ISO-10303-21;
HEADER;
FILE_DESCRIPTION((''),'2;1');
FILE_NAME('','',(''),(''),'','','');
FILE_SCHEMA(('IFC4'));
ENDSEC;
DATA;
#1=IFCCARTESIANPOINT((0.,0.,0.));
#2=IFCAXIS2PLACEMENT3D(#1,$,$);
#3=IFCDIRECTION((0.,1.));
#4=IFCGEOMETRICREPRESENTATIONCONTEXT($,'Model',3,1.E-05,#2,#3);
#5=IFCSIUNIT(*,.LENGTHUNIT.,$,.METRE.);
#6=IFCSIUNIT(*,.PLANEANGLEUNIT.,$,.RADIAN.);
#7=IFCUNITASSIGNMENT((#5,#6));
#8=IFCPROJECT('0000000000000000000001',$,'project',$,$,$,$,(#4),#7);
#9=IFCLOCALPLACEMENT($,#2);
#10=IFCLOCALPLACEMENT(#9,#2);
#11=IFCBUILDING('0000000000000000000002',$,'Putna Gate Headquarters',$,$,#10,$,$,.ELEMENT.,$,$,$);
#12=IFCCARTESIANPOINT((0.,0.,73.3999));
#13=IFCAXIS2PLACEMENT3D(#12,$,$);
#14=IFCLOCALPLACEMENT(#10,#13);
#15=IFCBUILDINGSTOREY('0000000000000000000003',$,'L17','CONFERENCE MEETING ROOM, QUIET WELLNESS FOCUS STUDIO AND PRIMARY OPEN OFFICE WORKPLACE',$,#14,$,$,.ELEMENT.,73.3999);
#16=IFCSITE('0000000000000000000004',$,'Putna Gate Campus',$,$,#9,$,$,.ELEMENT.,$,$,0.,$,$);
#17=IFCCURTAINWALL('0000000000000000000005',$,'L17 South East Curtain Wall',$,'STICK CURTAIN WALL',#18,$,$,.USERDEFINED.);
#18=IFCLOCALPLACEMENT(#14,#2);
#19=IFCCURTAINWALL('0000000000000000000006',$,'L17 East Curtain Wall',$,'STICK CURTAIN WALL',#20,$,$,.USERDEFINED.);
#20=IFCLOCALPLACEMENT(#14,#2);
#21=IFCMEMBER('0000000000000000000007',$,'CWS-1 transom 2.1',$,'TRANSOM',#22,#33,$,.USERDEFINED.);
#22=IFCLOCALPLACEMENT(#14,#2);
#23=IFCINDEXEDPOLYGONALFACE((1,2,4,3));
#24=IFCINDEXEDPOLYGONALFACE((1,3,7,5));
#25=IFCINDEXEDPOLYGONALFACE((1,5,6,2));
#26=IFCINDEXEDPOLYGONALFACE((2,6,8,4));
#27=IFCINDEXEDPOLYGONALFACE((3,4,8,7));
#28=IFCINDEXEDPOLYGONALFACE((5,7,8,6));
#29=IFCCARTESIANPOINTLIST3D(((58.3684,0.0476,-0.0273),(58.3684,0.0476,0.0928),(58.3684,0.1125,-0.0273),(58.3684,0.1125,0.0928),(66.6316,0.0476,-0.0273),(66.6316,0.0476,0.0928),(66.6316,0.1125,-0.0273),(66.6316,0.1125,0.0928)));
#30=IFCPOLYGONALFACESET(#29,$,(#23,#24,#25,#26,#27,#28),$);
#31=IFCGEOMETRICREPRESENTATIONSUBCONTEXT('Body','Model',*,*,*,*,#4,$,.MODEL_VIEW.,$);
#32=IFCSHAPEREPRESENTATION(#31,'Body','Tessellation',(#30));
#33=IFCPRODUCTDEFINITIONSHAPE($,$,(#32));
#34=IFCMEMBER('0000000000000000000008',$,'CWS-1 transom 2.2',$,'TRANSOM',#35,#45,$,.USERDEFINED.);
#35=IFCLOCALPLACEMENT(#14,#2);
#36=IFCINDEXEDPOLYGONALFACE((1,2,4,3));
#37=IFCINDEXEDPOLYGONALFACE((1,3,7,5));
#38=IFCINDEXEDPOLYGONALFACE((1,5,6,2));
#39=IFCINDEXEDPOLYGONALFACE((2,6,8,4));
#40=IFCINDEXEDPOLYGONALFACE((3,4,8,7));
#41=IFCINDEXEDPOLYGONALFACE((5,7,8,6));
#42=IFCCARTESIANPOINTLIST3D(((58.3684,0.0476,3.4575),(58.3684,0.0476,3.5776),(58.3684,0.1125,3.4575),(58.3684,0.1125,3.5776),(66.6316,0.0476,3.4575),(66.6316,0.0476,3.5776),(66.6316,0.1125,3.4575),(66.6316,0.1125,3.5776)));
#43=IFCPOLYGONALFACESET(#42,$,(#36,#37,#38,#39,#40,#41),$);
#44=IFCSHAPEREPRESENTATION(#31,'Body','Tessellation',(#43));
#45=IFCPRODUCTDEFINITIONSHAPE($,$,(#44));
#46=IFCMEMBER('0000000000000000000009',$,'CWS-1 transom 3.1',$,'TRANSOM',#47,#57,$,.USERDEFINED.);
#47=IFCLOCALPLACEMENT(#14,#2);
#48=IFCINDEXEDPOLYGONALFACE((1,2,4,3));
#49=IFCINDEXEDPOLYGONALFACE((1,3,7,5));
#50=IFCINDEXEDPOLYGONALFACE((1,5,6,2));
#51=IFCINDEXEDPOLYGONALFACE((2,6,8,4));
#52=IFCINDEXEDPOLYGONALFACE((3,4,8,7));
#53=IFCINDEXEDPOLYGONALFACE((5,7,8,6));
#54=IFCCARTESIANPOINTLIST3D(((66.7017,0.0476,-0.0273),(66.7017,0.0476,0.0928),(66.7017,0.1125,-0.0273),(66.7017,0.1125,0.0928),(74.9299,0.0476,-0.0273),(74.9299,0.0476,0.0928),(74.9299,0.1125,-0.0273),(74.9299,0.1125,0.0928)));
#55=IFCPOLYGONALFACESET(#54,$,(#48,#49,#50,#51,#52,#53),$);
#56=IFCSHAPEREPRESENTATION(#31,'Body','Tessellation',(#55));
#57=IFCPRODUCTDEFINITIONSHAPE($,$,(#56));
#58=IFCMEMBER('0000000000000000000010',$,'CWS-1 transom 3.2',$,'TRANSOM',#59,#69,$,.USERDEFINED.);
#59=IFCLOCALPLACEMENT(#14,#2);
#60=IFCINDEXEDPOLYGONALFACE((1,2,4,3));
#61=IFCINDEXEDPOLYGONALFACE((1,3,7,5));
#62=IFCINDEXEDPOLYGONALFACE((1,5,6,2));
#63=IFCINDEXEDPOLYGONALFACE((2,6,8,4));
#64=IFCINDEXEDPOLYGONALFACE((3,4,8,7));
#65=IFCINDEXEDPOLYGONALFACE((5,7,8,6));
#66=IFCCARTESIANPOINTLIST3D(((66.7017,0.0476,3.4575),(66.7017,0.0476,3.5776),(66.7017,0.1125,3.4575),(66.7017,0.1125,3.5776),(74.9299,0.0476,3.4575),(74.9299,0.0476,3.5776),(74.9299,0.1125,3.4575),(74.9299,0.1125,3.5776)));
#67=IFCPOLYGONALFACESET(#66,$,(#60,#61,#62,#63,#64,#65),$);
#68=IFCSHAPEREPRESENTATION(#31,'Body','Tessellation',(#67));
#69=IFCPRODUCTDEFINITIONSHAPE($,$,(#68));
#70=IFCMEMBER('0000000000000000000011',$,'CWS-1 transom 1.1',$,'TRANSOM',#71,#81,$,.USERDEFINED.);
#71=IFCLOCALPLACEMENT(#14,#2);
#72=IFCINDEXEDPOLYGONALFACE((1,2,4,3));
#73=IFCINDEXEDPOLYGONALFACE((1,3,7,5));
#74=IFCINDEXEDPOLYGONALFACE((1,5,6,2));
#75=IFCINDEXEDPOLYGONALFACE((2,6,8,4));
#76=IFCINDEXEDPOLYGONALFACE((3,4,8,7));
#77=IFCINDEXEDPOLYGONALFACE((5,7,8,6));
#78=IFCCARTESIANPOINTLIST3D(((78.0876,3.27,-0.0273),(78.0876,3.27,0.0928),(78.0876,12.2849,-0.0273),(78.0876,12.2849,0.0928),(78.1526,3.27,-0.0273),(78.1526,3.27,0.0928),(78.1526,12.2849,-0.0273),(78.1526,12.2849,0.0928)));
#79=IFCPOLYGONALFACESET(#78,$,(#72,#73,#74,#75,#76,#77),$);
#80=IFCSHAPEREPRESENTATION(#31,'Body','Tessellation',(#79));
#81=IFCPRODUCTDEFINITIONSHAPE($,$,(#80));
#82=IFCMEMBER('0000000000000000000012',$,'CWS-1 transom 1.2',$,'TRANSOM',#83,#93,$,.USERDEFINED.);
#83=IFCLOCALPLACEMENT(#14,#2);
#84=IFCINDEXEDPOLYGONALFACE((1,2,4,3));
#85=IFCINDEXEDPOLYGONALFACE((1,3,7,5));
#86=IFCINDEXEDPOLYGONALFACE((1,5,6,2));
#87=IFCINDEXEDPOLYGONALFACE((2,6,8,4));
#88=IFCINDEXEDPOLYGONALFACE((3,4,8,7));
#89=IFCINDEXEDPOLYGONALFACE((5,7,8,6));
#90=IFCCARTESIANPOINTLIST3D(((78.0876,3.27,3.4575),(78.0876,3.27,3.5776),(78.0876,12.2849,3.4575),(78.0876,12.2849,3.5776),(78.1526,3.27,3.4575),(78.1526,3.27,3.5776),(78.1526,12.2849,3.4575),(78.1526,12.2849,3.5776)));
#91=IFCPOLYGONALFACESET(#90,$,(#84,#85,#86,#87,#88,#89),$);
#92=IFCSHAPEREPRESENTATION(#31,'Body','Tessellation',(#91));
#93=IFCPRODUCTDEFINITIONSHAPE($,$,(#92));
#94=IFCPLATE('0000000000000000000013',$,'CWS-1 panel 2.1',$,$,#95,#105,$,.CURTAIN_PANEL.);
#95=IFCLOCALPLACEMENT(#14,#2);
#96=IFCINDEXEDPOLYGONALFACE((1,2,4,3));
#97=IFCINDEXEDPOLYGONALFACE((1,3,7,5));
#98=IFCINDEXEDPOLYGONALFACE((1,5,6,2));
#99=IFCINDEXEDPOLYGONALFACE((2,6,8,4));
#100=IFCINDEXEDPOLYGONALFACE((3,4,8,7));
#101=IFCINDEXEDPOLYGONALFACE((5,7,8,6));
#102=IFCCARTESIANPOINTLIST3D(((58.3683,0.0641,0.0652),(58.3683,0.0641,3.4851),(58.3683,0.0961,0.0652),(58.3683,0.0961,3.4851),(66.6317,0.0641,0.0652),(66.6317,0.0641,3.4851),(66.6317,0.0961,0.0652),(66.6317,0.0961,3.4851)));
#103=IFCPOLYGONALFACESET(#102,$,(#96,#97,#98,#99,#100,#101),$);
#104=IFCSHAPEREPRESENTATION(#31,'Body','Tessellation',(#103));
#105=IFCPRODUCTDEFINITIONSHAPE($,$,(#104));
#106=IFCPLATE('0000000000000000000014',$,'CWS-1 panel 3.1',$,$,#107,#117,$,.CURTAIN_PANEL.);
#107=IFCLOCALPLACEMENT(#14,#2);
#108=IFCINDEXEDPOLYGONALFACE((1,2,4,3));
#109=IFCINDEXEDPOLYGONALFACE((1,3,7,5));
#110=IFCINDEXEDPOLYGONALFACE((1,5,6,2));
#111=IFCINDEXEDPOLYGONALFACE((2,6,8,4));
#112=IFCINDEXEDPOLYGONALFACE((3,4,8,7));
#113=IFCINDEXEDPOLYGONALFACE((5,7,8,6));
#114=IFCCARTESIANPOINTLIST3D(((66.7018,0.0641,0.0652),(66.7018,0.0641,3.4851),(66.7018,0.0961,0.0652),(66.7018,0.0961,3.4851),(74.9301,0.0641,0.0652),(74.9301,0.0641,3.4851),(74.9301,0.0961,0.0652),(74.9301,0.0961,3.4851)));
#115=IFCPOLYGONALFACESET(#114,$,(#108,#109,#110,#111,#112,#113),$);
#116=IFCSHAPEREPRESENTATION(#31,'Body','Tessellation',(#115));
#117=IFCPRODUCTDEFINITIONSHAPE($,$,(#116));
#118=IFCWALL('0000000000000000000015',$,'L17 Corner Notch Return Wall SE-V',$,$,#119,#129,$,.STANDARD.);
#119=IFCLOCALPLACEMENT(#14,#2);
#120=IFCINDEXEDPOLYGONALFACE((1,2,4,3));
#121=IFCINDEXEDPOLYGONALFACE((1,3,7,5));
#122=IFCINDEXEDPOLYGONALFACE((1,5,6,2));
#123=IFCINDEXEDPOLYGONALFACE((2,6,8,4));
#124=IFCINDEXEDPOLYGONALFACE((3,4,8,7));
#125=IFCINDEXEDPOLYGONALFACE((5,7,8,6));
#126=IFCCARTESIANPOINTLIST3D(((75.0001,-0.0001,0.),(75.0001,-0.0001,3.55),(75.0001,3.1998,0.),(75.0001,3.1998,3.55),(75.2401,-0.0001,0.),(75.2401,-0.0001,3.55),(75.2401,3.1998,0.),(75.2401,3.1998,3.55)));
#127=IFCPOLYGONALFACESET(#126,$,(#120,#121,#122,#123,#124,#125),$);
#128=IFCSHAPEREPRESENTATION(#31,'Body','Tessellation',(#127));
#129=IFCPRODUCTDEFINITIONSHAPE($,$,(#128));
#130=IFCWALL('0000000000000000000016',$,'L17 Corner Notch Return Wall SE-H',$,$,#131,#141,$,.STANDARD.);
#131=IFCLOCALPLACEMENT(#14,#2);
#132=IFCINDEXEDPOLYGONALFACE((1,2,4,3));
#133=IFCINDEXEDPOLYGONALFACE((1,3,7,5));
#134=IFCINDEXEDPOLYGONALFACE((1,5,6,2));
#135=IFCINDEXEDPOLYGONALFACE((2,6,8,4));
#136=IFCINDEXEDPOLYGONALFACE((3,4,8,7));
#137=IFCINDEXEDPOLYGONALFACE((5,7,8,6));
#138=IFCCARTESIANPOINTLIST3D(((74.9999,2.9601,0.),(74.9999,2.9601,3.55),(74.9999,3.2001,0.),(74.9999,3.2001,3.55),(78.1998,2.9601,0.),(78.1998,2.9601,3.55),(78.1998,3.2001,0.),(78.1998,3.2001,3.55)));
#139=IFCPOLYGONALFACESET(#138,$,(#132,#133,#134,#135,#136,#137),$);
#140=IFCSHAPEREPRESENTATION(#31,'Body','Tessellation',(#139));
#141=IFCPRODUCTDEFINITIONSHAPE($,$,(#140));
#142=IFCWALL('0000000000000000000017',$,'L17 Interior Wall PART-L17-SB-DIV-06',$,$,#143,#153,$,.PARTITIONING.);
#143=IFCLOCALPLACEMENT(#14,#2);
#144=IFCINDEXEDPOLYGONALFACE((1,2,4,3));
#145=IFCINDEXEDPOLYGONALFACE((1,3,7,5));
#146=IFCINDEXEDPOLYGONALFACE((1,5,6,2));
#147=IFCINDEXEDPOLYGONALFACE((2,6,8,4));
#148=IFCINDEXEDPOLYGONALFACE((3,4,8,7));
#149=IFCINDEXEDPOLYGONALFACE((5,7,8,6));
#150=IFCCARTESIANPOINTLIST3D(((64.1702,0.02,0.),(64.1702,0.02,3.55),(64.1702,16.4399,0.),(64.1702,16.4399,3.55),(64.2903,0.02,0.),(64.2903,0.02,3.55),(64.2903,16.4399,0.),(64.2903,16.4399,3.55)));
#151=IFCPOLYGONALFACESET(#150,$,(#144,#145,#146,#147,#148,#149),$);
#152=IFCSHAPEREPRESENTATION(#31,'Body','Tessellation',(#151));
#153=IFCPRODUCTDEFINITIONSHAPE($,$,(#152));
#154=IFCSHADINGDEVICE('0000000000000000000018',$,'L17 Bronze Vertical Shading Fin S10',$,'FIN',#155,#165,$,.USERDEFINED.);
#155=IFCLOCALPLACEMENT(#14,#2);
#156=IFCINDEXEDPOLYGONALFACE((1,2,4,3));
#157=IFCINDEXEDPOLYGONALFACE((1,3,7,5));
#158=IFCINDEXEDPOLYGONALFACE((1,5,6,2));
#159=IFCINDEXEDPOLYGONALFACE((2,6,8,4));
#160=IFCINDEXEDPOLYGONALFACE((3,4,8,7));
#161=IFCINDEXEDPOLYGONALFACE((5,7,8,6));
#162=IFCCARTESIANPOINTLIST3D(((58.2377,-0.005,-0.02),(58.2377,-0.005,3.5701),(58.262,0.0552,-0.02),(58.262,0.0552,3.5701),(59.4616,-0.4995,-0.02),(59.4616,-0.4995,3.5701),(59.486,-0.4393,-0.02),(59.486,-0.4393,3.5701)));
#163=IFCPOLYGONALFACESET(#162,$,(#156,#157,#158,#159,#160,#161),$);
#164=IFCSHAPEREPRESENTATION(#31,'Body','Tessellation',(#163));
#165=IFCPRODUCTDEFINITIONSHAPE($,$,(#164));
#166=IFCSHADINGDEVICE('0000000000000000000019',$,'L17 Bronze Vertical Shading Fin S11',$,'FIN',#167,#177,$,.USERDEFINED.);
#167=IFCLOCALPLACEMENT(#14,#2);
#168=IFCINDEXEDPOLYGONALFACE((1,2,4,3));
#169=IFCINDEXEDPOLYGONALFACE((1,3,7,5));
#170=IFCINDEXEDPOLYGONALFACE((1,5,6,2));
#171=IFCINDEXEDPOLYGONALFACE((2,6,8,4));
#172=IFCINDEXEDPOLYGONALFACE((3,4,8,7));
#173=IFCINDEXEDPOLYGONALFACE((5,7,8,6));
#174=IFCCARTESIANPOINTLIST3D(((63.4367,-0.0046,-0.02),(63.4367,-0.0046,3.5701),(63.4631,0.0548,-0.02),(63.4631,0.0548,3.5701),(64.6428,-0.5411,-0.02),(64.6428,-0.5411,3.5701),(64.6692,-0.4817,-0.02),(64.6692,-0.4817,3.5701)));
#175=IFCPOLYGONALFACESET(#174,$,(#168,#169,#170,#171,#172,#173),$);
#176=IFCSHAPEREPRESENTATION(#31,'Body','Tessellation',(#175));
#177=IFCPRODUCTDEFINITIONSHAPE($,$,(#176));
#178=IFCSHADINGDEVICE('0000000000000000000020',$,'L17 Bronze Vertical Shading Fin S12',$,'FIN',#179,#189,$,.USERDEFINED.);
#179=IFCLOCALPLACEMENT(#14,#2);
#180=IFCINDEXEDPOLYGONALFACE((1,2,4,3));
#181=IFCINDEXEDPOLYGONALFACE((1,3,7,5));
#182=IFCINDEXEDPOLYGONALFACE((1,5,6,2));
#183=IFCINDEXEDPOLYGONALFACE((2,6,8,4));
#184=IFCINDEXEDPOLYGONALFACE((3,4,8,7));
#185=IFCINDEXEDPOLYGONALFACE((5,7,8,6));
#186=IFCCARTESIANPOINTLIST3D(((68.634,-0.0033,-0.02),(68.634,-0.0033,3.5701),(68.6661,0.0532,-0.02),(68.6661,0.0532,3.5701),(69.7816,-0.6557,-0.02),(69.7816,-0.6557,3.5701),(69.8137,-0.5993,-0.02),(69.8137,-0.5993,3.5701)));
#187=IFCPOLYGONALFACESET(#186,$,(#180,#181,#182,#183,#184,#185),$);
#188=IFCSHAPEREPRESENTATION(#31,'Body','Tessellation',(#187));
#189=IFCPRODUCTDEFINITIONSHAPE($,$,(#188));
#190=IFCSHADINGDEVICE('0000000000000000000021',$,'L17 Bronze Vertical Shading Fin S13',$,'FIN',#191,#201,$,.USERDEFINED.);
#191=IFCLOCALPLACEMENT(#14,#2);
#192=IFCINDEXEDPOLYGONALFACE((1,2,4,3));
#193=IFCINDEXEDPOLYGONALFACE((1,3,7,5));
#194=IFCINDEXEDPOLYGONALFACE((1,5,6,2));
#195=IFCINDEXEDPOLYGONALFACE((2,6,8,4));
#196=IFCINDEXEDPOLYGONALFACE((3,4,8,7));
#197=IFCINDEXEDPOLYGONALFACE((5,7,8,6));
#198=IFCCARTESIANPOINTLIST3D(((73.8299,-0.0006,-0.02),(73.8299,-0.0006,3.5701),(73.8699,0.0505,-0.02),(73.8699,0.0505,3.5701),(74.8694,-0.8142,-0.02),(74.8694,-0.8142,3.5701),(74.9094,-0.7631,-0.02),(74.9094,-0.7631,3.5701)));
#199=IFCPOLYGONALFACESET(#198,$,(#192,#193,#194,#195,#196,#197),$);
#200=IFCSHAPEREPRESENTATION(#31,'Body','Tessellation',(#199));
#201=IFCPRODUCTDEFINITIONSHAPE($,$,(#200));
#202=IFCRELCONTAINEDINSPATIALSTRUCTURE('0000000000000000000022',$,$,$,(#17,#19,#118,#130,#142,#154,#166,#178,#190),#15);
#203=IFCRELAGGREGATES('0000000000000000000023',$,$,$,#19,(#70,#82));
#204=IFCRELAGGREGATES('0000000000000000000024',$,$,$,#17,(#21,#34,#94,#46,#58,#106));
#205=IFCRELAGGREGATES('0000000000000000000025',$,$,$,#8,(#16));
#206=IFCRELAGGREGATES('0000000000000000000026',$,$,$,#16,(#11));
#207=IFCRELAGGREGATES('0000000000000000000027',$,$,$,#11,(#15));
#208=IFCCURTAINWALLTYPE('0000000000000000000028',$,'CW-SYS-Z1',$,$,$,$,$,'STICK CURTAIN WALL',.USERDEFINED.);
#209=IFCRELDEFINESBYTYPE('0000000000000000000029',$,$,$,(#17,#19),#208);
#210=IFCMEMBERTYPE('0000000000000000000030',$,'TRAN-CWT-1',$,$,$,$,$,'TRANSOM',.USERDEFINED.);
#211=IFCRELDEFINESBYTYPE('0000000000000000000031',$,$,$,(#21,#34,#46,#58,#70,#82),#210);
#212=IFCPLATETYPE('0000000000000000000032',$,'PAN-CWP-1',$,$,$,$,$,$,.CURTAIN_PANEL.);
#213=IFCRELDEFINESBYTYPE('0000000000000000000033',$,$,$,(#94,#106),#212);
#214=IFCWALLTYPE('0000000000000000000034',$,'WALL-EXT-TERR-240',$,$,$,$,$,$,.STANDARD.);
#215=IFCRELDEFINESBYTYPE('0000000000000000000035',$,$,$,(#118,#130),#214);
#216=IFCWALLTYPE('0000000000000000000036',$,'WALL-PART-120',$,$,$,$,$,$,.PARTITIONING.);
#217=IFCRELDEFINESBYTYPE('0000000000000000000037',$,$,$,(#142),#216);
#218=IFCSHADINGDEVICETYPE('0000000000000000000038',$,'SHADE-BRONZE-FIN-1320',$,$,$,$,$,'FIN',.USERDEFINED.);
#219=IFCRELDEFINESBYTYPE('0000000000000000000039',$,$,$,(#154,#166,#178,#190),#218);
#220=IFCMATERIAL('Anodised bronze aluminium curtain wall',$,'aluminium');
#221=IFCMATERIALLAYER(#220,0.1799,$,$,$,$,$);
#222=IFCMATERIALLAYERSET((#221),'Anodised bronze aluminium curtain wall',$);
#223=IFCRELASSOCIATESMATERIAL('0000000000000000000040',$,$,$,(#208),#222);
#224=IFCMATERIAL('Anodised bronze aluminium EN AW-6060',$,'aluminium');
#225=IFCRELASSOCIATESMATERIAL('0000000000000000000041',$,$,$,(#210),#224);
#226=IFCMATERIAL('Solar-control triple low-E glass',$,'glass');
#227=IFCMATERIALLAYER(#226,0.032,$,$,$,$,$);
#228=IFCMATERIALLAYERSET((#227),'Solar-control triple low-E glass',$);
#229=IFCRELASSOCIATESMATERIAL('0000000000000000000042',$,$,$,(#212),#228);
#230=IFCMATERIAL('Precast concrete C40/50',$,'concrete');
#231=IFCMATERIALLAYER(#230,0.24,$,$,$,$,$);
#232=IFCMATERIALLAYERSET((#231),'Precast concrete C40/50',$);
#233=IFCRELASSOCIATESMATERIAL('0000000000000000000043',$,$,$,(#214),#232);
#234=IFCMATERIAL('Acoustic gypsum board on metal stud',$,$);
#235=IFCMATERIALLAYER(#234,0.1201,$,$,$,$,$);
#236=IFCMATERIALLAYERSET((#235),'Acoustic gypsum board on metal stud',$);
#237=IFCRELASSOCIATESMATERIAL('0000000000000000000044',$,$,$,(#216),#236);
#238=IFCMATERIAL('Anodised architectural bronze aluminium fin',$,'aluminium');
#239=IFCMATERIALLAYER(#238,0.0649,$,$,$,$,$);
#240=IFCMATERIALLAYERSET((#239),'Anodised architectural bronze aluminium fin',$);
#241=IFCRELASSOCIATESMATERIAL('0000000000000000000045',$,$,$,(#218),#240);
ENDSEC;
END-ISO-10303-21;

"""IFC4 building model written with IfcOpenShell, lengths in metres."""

from ifc_helpers import new_model, si_unit, direction, frame, frame_2d, origin, origin_2d, place, context, subcontext, project, spatial, rectangle, extrude, material, layer, layer_set, material_profile, profile_set, type_object, element, aggregate, save


model = new_model("IFC4")

# Units and contexts
model_context = context("Model", 3, precision=1e-05, world=origin(), true_north=direction((0.0, 1.0)))
body_context = subcontext(model_context, "Body", "Model", "MODEL_VIEW")
ifc_project = project(units=[si_unit("LENGTHUNIT", "METRE"), si_unit("PLANEANGLEUNIT", "RADIAN")], contexts=[model_context])

# Site, building, storey
site_placement = place(None, origin())
site = spatial("IfcSite", under=ifc_project, at=site_placement, Name="Putna Gate Campus", CompositionType="ELEMENT", RefElevation=0.0)
building_placement = place(site_placement, origin())
building = spatial("IfcBuilding", under=site, at=building_placement, Name="Putna Gate Headquarters", CompositionType="ELEMENT")
storey_placement = place(building_placement, frame((0.0, 0.0, 73.3999)))
storey = spatial("IfcBuildingStorey", under=building, at=storey_placement, Name="L17", Description="CONFERENCE MEETING ROOM, QUIET WELLNESS FOCUS STUDIO AND PRIMARY OPEN OFFICE WORKPLACE", CompositionType="ELEMENT", Elevation=73.3999)

# Curtain wall
ifc_material_1 = material(Name="Anodised bronze aluminium curtain wall", Category="aluminium")
ifc_layer_1 = layer(ifc_material_1, 0.1799)
ifc_layer_set_1 = layer_set([ifc_layer_1], Name="Anodised bronze aluminium curtain wall")
curtain_wall_type = type_object("IfcCurtainWallType", Name="CW-SYS-Z1", ElementType="STICK CURTAIN WALL", PredefinedType="USERDEFINED", material=ifc_layer_set_1)
curtain_wall_1_placement = place(storey_placement, origin())
curtain_wall_1 = element("IfcCurtainWall", 1, at=curtain_wall_1_placement, inside=storey, type_object=curtain_wall_type, Name="L17 South East Curtain Wall", ObjectType="STICK CURTAIN WALL", PredefinedType="USERDEFINED")
ifc_material_2 = material(Name="Anodised bronze aluminium EN AW-6060", Category="aluminium")

# Curtain wall
curtain_wall_2_placement = place(storey_placement, origin())
curtain_wall_2 = element("IfcCurtainWall", 2, at=curtain_wall_2_placement, inside=storey, type_object=curtain_wall_type, Name="L17 East Curtain Wall", ObjectType="STICK CURTAIN WALL", PredefinedType="USERDEFINED")

# Members
ifc_material_profile_1 = material_profile(ifc_material_2, rectangle(XDim=0.0649, YDim=0.1201, at=origin_2d()), Name="Anodised bronze aluminium EN AW-6060")
ifc_profile_set_1 = profile_set([ifc_material_profile_1], Name="Anodised bronze aluminium EN AW-6060")
member_type_1 = type_object("IfcMemberType", Name="TRAN-CWT-1", ElementType="TRANSOM", PredefinedType="USERDEFINED", material=ifc_profile_set_1)
member_1_placement = place(storey_placement, frame((58.3684, 0.0801, 0.0327), z_axis=(1.0, 0.0, 0.0), x_axis=(0.0, 1.0, 0.0)))
member_1 = element("IfcMember", 3, at=member_1_placement, type_object=member_type_1, Name="CWS-1 transom 2.1", ObjectType="TRANSOM", PredefinedType="USERDEFINED", context=body_context, shape_type="SweptSolid", body=[
    extrude(rectangle(XDim=0.0649, YDim=0.1201, at=origin_2d()), origin(), (0.0, 0.0, 1.0), 8.2632),
])
member_2_placement = place(storey_placement, frame((58.3684, 0.0801, 3.5176), z_axis=(1.0, 0.0, 0.0), x_axis=(0.0, 1.0, 0.0)))
member_2 = element("IfcMember", 4, at=member_2_placement, type_object=member_type_1, Name="CWS-1 transom 2.2", ObjectType="TRANSOM", PredefinedType="USERDEFINED", context=body_context, shape_type="SweptSolid", body=[
    extrude(rectangle(XDim=0.0649, YDim=0.1201, at=origin_2d()), origin(), (0.0, 0.0, 1.0), 8.2632),
])
member_3_placement = place(storey_placement, frame((66.7017, 0.0801, 0.0327), z_axis=(1.0, 0.0, 0.0), x_axis=(0.0, 1.0, 0.0)))
member_3 = element("IfcMember", 5, at=member_3_placement, type_object=member_type_1, Name="CWS-1 transom 3.1", ObjectType="TRANSOM", PredefinedType="USERDEFINED", context=body_context, shape_type="SweptSolid", body=[
    extrude(rectangle(XDim=0.0649, YDim=0.1201, at=origin_2d()), origin(), (0.0, 0.0, 1.0), 8.2283),
])
member_4_placement = place(storey_placement, frame((66.7017, 0.0801, 3.5176), z_axis=(1.0, 0.0, 0.0), x_axis=(0.0, 1.0, 0.0)))
member_4 = element("IfcMember", 6, at=member_4_placement, type_object=member_type_1, Name="CWS-1 transom 3.2", ObjectType="TRANSOM", PredefinedType="USERDEFINED", context=body_context, shape_type="SweptSolid", body=[
    extrude(rectangle(XDim=0.0649, YDim=0.1201, at=origin_2d()), origin(), (0.0, 0.0, 1.0), 8.2283),
])
member_5_placement = place(storey_placement, frame((78.1201, 3.27, 0.0327), z_axis=(0.0, 1.0, 0.0), x_axis=(-1.0, 0.0, 0.0)))
member_5 = element("IfcMember", 7, at=member_5_placement, type_object=member_type_1, Name="CWS-1 transom 1.1", ObjectType="TRANSOM", PredefinedType="USERDEFINED", context=body_context, shape_type="SweptSolid", body=[
    extrude(rectangle(XDim=0.0649, YDim=0.1201, at=origin_2d()), origin(), (0.0, 0.0, 1.0), 9.0149),
])
member_6_placement = place(storey_placement, frame((78.1201, 3.27, 3.5176), z_axis=(0.0, 1.0, 0.0), x_axis=(-1.0, 0.0, 0.0)))
member_6 = element("IfcMember", 8, at=member_6_placement, type_object=member_type_1, Name="CWS-1 transom 1.2", ObjectType="TRANSOM", PredefinedType="USERDEFINED", context=body_context, shape_type="SweptSolid", body=[
    extrude(rectangle(XDim=0.0649, YDim=0.1201, at=origin_2d()), origin(), (0.0, 0.0, 1.0), 9.0149),
])
aggregate(curtain_wall_2, [member_5, member_6])

# Plates
ifc_material_3 = material(Name="Solar-control triple low-E glass", Category="glass")
ifc_layer_2 = layer(ifc_material_3, 0.032)
ifc_layer_set_2 = layer_set([ifc_layer_2], Name="Solar-control triple low-E glass")
plate_type = type_object("IfcPlateType", Name="PAN-CWP-1", PredefinedType="CURTAIN_PANEL", material=ifc_layer_set_2)
plate_1_placement = place(storey_placement, frame((62.5, 0.0801, 0.0652), z_axis=(0.0, 0.0, 1.0), x_axis=(1.0, 0.0, 0.0)))
plate_1 = element("IfcPlate", 9, at=plate_1_placement, type_object=plate_type, Name="CWS-1 panel 2.1", PredefinedType="CURTAIN_PANEL", context=body_context, shape_type="SweptSolid", body=[
    extrude(rectangle(XDim=8.2634, YDim=0.032, at=origin_2d()), origin(), (0.0, 0.0, 1.0), 3.4199),
])
plate_2_placement = place(storey_placement, frame((70.8159, 0.0801, 0.0652), z_axis=(0.0, 0.0, 1.0), x_axis=(1.0, 0.0, 0.0)))
plate_2 = element("IfcPlate", 10, at=plate_2_placement, type_object=plate_type, Name="CWS-1 panel 3.1", PredefinedType="CURTAIN_PANEL", context=body_context, shape_type="SweptSolid", body=[
    extrude(rectangle(XDim=8.2283, YDim=0.032, at=origin_2d()), origin(), (0.0, 0.0, 1.0), 3.4199),
])
aggregate(curtain_wall_1, [member_1, member_2, plate_1, member_3, member_4, plate_2])

# Walls
ifc_material_4 = material(Name="Precast concrete C40/50", Category="concrete")
ifc_layer_3 = layer(ifc_material_4, 0.24)
ifc_layer_set_3 = layer_set([ifc_layer_3], Name="Precast concrete C40/50")
wall_type_1 = type_object("IfcWallType", Name="WALL-EXT-TERR-240", PredefinedType="STANDARD", material=ifc_layer_set_3)
for number, where, z_axis, x_axis, name in (
    (11, (75.1201, 3.2, 0.0), (0.0, 0.0, 1.0), (0.0, -1.0, 0.0), "L17 Corner Notch Return Wall SE-V"),
    (12, (78.2, 3.0801, 0.0), (0.0, 0.0, 1.0), (-1.0, 0.0, 0.0), "L17 Corner Notch Return Wall SE-H"),
):
    element("IfcWall", number, at=place(storey_placement, frame(where, z_axis=z_axis, x_axis=x_axis)), inside=storey, type_object=wall_type_1, Name=name, PredefinedType="STANDARD", context=body_context, shape_type="SweptSolid", body=[
        extrude(rectangle(XDim=3.2, YDim=0.24, at=frame_2d((1.6001, 0.0))), origin(), (0.0, 0.0, 1.0), 3.55),
    ])
ifc_material_5 = material(Name="Acoustic gypsum board on metal stud")
ifc_layer_4 = layer(ifc_material_5, 0.1201)
ifc_layer_set_4 = layer_set([ifc_layer_4], Name="Acoustic gypsum board on metal stud")
wall_type_2 = type_object("IfcWallType", Name="WALL-PART-120", PredefinedType="PARTITIONING", material=ifc_layer_set_4)
wall_placement = place(storey_placement, frame((64.2302, 0.02, 0.0), z_axis=(0.0, 0.0, 1.0), x_axis=(0.0, 1.0, 0.0)))
element("IfcWall", 13, at=wall_placement, inside=storey, type_object=wall_type_2, Name="L17 Interior Wall PART-L17-SB-DIV-06", PredefinedType="PARTITIONING", context=body_context, shape_type="SweptSolid", body=[
    extrude(rectangle(XDim=16.4199, YDim=0.1201, at=frame_2d((8.21, 0.0))), origin(), (0.0, 0.0, 1.0), 3.55),
])

# Shading devices
ifc_material_6 = material(Name="Anodised architectural bronze aluminium fin", Category="aluminium")
ifc_layer_5 = layer(ifc_material_6, 0.0649)
ifc_layer_set_5 = layer_set([ifc_layer_5], Name="Anodised architectural bronze aluminium fin")
shading_device_type = type_object("IfcShadingDeviceType", Name="SHADE-BRONZE-FIN-1320", ElementType="FIN", PredefinedType="USERDEFINED", material=ifc_layer_set_5)
for number, where, z_axis, x_axis, name in (
    (14, (58.8618, -0.2222, -0.02), (0.0, 0.0, 1.0), (0.927184, -0.374607, 0.0), "L17 Bronze Vertical Shading Fin S10"),
    (15, (64.053, -0.2432, -0.02), (0.0, 0.0, 1.0), (0.913687, -0.406418, 0.0), "L17 Bronze Vertical Shading Fin S11"),
    (16, (69.2239, -0.3013, -0.02), (0.0, 0.0, 1.0), (0.869322, -0.494245, 0.0), "L17 Bronze Vertical Shading Fin S12"),
    (17, (74.3696, -0.3818, -0.02), (0.0, 0.0, 1.0), (0.787473, -0.616349, 0.0), "L17 Bronze Vertical Shading Fin S13"),
):
    element("IfcShadingDevice", number, at=place(storey_placement, frame(where, z_axis=z_axis, x_axis=x_axis)), inside=storey, type_object=shading_device_type, Name=name, ObjectType="FIN", PredefinedType="USERDEFINED", context=body_context, shape_type="SweptSolid", body=[
        extrude(rectangle(XDim=1.3201, YDim=0.0649, at=origin_2d()), origin(), (0.0, 0.0, 1.0), 3.5901),
    ])

save(model, "model.ifc")
